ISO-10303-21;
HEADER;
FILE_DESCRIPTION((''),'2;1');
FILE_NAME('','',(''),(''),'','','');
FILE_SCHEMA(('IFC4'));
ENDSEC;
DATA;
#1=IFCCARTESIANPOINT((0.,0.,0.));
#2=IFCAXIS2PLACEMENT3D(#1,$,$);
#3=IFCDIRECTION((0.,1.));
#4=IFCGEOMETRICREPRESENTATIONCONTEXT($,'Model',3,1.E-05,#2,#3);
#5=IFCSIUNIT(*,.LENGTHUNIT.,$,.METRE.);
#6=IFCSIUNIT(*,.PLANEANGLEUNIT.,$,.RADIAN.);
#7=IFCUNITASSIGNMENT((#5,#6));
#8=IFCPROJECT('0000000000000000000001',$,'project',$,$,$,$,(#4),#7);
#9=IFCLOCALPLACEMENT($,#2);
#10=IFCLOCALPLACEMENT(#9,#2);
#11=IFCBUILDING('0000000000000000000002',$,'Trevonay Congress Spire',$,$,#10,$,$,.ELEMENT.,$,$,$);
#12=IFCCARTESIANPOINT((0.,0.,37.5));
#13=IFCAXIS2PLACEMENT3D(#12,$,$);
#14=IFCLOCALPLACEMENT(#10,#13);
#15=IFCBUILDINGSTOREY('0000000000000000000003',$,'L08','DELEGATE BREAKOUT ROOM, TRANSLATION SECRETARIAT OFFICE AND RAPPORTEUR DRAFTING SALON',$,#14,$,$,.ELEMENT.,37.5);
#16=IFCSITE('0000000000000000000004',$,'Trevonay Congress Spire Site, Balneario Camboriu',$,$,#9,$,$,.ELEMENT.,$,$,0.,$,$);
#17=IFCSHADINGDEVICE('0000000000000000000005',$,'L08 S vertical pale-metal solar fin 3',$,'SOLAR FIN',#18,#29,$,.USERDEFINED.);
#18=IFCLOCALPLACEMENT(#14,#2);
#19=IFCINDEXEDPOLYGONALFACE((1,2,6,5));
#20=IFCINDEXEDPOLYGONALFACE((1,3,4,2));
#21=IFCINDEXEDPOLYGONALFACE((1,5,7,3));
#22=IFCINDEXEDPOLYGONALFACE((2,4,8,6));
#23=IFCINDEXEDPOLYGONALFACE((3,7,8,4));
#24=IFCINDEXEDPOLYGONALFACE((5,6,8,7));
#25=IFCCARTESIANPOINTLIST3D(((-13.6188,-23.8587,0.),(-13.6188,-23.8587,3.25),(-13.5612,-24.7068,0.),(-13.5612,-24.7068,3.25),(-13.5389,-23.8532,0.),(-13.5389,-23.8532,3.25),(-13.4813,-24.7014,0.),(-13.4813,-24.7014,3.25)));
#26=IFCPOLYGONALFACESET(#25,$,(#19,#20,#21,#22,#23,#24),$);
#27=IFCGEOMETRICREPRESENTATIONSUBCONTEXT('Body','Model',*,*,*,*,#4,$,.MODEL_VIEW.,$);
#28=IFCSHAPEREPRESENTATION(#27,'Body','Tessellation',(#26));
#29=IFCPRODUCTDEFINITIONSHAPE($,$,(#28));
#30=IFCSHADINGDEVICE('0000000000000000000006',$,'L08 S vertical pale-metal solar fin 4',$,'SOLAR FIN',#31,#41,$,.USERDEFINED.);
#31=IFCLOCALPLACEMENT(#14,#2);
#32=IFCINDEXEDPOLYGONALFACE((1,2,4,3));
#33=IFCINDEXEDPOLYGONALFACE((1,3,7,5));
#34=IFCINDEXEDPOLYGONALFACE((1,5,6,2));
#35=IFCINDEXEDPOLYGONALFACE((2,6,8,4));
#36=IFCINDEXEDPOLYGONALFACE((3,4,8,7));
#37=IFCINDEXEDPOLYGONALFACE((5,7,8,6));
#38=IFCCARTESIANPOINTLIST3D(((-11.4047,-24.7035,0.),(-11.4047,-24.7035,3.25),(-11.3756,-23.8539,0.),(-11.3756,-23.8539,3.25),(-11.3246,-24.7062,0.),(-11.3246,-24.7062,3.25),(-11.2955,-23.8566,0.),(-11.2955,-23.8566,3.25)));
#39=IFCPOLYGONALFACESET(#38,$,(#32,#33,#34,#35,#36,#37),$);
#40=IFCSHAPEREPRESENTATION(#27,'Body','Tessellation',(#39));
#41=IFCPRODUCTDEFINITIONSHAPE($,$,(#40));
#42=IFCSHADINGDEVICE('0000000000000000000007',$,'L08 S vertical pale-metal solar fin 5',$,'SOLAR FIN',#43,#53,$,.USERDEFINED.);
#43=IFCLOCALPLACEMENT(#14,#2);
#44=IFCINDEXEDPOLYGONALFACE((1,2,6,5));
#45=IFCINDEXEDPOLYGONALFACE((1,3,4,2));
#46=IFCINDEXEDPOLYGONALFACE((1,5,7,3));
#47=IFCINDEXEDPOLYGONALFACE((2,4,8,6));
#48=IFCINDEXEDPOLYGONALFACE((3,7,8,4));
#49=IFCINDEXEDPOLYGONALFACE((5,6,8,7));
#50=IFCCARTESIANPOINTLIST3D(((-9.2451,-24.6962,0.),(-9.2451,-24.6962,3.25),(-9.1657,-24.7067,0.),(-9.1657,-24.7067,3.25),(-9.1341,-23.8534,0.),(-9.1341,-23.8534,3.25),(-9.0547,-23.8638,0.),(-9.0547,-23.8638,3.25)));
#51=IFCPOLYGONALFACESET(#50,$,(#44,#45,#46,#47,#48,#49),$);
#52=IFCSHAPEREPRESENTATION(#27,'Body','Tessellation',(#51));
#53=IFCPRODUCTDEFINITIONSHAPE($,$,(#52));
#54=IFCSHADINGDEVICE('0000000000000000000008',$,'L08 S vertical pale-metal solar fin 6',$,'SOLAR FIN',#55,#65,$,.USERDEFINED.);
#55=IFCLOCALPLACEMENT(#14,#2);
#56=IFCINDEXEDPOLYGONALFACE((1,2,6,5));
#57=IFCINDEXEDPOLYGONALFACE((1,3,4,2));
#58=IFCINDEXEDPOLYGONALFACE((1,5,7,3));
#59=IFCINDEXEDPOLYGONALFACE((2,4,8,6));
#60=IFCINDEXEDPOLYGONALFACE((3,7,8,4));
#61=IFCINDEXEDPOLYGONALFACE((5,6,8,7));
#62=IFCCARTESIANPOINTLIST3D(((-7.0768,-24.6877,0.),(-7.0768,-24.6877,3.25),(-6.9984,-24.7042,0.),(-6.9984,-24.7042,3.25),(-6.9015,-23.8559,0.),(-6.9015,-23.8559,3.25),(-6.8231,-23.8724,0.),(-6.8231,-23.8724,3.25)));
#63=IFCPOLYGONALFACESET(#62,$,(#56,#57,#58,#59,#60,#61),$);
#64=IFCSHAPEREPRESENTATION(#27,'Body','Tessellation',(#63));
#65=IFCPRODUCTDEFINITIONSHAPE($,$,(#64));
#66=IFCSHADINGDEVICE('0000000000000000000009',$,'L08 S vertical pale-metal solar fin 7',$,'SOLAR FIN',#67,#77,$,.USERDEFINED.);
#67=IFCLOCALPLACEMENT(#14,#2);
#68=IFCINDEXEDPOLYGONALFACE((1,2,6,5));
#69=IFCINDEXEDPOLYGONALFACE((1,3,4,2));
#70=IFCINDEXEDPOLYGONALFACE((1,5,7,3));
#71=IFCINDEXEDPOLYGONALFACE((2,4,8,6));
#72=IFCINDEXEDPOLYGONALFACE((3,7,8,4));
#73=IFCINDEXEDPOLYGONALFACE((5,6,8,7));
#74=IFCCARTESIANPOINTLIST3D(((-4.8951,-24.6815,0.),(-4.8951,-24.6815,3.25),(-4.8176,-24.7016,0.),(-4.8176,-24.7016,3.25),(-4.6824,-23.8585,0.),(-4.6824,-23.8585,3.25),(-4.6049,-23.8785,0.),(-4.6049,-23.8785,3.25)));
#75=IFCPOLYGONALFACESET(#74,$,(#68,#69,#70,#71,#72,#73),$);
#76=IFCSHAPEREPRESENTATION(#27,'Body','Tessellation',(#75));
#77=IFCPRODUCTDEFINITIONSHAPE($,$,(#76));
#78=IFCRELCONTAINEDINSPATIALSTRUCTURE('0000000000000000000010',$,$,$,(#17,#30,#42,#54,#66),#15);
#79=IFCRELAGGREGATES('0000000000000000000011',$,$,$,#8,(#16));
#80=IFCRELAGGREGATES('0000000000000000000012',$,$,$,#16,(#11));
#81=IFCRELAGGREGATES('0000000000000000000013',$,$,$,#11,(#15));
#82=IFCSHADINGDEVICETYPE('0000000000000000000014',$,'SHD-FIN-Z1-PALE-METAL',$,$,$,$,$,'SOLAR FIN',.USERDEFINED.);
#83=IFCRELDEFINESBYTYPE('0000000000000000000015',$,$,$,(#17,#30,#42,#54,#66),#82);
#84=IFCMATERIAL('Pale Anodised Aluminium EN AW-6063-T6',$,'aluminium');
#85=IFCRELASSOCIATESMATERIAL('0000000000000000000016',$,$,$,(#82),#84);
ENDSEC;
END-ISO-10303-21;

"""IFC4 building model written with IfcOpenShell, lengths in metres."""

from ifc_helpers import new_model, si_unit, direction, frame, origin, origin_2d, place, context, subcontext, project, spatial, rectangle, extrude, material, type_object, element, save


model = new_model("IFC4")

# Units and contexts
model_context = context("Model", 3, precision=1e-05, world=origin(), true_north=direction((0.0, 1.0)))
body_context = subcontext(model_context, "Body", "Model", "MODEL_VIEW")
ifc_project = project(units=[si_unit("LENGTHUNIT", "METRE"), si_unit("PLANEANGLEUNIT", "RADIAN")], contexts=[model_context])

# Site, building, storey
site_placement = place(None, origin())
site = spatial("IfcSite", under=ifc_project, at=site_placement, Name="Trevonay Congress Spire Site, Balneario Camboriu", CompositionType="ELEMENT", RefElevation=0.0)
building_placement = place(site_placement, origin())
building = spatial("IfcBuilding", under=site, at=building_placement, Name="Trevonay Congress Spire", CompositionType="ELEMENT")
storey_placement = place(building_placement, frame((0.0, 0.0, 37.5)))
storey = spatial("IfcBuildingStorey", under=building, at=storey_placement, Name="L08", Description="DELEGATE BREAKOUT ROOM, TRANSLATION SECRETARIAT OFFICE AND RAPPORTEUR DRAFTING SALON", CompositionType="ELEMENT", Elevation=37.5)

# Shared definitions
ifc_material_1 = material(Name="Pale Anodised Aluminium EN AW-6063-T6", Category="aluminium")

# Shading devices
shading_device_type = type_object("IfcShadingDeviceType", Name="SHD-FIN-Z1-PALE-METAL", ElementType="SOLAR FIN", PredefinedType="USERDEFINED", material=ifc_material_1)
for number, where, z_axis, x_axis, name in (
    (1, (-13.55, -24.28, 0.0), (0.0, 0.0, 1.0), (0.997708, 0.067667, 0.0), "L08 S vertical pale-metal solar fin 3"),
    (2, (-11.3501, -24.28, 0.0), (0.0, 0.0, 1.0), (0.999415, -0.034202, 0.0), "L08 S vertical pale-metal solar fin 4"),
    (3, (-9.1499, -24.28, 0.0), (0.0, 0.0, 1.0), (0.991445, -0.130526, 0.0), "L08 S vertical pale-metal solar fin 5"),
    (4, (-6.95, -24.28, 0.0), (0.0, 0.0, 1.0), (0.978509, -0.206204, 0.0), "L08 S vertical pale-metal solar fin 6"),
    (5, (-4.75, -24.28, 0.0), (0.0, 0.0, 1.0), (0.968191, -0.250211, 0.0), "L08 S vertical pale-metal solar fin 7"),
):
    element("IfcShadingDevice", number, at=place(storey_placement, frame(where, z_axis=z_axis, x_axis=x_axis)), inside=storey, type_object=shading_device_type, Name=name, ObjectType="SOLAR FIN", PredefinedType="USERDEFINED", context=body_context, shape_type="SweptSolid", body=[
        extrude(rectangle(XDim=0.0801, YDim=0.8501, at=origin_2d()), origin(), (0.0, 0.0, 1.0), 3.25),
    ])

save(model, "model.ifc")
